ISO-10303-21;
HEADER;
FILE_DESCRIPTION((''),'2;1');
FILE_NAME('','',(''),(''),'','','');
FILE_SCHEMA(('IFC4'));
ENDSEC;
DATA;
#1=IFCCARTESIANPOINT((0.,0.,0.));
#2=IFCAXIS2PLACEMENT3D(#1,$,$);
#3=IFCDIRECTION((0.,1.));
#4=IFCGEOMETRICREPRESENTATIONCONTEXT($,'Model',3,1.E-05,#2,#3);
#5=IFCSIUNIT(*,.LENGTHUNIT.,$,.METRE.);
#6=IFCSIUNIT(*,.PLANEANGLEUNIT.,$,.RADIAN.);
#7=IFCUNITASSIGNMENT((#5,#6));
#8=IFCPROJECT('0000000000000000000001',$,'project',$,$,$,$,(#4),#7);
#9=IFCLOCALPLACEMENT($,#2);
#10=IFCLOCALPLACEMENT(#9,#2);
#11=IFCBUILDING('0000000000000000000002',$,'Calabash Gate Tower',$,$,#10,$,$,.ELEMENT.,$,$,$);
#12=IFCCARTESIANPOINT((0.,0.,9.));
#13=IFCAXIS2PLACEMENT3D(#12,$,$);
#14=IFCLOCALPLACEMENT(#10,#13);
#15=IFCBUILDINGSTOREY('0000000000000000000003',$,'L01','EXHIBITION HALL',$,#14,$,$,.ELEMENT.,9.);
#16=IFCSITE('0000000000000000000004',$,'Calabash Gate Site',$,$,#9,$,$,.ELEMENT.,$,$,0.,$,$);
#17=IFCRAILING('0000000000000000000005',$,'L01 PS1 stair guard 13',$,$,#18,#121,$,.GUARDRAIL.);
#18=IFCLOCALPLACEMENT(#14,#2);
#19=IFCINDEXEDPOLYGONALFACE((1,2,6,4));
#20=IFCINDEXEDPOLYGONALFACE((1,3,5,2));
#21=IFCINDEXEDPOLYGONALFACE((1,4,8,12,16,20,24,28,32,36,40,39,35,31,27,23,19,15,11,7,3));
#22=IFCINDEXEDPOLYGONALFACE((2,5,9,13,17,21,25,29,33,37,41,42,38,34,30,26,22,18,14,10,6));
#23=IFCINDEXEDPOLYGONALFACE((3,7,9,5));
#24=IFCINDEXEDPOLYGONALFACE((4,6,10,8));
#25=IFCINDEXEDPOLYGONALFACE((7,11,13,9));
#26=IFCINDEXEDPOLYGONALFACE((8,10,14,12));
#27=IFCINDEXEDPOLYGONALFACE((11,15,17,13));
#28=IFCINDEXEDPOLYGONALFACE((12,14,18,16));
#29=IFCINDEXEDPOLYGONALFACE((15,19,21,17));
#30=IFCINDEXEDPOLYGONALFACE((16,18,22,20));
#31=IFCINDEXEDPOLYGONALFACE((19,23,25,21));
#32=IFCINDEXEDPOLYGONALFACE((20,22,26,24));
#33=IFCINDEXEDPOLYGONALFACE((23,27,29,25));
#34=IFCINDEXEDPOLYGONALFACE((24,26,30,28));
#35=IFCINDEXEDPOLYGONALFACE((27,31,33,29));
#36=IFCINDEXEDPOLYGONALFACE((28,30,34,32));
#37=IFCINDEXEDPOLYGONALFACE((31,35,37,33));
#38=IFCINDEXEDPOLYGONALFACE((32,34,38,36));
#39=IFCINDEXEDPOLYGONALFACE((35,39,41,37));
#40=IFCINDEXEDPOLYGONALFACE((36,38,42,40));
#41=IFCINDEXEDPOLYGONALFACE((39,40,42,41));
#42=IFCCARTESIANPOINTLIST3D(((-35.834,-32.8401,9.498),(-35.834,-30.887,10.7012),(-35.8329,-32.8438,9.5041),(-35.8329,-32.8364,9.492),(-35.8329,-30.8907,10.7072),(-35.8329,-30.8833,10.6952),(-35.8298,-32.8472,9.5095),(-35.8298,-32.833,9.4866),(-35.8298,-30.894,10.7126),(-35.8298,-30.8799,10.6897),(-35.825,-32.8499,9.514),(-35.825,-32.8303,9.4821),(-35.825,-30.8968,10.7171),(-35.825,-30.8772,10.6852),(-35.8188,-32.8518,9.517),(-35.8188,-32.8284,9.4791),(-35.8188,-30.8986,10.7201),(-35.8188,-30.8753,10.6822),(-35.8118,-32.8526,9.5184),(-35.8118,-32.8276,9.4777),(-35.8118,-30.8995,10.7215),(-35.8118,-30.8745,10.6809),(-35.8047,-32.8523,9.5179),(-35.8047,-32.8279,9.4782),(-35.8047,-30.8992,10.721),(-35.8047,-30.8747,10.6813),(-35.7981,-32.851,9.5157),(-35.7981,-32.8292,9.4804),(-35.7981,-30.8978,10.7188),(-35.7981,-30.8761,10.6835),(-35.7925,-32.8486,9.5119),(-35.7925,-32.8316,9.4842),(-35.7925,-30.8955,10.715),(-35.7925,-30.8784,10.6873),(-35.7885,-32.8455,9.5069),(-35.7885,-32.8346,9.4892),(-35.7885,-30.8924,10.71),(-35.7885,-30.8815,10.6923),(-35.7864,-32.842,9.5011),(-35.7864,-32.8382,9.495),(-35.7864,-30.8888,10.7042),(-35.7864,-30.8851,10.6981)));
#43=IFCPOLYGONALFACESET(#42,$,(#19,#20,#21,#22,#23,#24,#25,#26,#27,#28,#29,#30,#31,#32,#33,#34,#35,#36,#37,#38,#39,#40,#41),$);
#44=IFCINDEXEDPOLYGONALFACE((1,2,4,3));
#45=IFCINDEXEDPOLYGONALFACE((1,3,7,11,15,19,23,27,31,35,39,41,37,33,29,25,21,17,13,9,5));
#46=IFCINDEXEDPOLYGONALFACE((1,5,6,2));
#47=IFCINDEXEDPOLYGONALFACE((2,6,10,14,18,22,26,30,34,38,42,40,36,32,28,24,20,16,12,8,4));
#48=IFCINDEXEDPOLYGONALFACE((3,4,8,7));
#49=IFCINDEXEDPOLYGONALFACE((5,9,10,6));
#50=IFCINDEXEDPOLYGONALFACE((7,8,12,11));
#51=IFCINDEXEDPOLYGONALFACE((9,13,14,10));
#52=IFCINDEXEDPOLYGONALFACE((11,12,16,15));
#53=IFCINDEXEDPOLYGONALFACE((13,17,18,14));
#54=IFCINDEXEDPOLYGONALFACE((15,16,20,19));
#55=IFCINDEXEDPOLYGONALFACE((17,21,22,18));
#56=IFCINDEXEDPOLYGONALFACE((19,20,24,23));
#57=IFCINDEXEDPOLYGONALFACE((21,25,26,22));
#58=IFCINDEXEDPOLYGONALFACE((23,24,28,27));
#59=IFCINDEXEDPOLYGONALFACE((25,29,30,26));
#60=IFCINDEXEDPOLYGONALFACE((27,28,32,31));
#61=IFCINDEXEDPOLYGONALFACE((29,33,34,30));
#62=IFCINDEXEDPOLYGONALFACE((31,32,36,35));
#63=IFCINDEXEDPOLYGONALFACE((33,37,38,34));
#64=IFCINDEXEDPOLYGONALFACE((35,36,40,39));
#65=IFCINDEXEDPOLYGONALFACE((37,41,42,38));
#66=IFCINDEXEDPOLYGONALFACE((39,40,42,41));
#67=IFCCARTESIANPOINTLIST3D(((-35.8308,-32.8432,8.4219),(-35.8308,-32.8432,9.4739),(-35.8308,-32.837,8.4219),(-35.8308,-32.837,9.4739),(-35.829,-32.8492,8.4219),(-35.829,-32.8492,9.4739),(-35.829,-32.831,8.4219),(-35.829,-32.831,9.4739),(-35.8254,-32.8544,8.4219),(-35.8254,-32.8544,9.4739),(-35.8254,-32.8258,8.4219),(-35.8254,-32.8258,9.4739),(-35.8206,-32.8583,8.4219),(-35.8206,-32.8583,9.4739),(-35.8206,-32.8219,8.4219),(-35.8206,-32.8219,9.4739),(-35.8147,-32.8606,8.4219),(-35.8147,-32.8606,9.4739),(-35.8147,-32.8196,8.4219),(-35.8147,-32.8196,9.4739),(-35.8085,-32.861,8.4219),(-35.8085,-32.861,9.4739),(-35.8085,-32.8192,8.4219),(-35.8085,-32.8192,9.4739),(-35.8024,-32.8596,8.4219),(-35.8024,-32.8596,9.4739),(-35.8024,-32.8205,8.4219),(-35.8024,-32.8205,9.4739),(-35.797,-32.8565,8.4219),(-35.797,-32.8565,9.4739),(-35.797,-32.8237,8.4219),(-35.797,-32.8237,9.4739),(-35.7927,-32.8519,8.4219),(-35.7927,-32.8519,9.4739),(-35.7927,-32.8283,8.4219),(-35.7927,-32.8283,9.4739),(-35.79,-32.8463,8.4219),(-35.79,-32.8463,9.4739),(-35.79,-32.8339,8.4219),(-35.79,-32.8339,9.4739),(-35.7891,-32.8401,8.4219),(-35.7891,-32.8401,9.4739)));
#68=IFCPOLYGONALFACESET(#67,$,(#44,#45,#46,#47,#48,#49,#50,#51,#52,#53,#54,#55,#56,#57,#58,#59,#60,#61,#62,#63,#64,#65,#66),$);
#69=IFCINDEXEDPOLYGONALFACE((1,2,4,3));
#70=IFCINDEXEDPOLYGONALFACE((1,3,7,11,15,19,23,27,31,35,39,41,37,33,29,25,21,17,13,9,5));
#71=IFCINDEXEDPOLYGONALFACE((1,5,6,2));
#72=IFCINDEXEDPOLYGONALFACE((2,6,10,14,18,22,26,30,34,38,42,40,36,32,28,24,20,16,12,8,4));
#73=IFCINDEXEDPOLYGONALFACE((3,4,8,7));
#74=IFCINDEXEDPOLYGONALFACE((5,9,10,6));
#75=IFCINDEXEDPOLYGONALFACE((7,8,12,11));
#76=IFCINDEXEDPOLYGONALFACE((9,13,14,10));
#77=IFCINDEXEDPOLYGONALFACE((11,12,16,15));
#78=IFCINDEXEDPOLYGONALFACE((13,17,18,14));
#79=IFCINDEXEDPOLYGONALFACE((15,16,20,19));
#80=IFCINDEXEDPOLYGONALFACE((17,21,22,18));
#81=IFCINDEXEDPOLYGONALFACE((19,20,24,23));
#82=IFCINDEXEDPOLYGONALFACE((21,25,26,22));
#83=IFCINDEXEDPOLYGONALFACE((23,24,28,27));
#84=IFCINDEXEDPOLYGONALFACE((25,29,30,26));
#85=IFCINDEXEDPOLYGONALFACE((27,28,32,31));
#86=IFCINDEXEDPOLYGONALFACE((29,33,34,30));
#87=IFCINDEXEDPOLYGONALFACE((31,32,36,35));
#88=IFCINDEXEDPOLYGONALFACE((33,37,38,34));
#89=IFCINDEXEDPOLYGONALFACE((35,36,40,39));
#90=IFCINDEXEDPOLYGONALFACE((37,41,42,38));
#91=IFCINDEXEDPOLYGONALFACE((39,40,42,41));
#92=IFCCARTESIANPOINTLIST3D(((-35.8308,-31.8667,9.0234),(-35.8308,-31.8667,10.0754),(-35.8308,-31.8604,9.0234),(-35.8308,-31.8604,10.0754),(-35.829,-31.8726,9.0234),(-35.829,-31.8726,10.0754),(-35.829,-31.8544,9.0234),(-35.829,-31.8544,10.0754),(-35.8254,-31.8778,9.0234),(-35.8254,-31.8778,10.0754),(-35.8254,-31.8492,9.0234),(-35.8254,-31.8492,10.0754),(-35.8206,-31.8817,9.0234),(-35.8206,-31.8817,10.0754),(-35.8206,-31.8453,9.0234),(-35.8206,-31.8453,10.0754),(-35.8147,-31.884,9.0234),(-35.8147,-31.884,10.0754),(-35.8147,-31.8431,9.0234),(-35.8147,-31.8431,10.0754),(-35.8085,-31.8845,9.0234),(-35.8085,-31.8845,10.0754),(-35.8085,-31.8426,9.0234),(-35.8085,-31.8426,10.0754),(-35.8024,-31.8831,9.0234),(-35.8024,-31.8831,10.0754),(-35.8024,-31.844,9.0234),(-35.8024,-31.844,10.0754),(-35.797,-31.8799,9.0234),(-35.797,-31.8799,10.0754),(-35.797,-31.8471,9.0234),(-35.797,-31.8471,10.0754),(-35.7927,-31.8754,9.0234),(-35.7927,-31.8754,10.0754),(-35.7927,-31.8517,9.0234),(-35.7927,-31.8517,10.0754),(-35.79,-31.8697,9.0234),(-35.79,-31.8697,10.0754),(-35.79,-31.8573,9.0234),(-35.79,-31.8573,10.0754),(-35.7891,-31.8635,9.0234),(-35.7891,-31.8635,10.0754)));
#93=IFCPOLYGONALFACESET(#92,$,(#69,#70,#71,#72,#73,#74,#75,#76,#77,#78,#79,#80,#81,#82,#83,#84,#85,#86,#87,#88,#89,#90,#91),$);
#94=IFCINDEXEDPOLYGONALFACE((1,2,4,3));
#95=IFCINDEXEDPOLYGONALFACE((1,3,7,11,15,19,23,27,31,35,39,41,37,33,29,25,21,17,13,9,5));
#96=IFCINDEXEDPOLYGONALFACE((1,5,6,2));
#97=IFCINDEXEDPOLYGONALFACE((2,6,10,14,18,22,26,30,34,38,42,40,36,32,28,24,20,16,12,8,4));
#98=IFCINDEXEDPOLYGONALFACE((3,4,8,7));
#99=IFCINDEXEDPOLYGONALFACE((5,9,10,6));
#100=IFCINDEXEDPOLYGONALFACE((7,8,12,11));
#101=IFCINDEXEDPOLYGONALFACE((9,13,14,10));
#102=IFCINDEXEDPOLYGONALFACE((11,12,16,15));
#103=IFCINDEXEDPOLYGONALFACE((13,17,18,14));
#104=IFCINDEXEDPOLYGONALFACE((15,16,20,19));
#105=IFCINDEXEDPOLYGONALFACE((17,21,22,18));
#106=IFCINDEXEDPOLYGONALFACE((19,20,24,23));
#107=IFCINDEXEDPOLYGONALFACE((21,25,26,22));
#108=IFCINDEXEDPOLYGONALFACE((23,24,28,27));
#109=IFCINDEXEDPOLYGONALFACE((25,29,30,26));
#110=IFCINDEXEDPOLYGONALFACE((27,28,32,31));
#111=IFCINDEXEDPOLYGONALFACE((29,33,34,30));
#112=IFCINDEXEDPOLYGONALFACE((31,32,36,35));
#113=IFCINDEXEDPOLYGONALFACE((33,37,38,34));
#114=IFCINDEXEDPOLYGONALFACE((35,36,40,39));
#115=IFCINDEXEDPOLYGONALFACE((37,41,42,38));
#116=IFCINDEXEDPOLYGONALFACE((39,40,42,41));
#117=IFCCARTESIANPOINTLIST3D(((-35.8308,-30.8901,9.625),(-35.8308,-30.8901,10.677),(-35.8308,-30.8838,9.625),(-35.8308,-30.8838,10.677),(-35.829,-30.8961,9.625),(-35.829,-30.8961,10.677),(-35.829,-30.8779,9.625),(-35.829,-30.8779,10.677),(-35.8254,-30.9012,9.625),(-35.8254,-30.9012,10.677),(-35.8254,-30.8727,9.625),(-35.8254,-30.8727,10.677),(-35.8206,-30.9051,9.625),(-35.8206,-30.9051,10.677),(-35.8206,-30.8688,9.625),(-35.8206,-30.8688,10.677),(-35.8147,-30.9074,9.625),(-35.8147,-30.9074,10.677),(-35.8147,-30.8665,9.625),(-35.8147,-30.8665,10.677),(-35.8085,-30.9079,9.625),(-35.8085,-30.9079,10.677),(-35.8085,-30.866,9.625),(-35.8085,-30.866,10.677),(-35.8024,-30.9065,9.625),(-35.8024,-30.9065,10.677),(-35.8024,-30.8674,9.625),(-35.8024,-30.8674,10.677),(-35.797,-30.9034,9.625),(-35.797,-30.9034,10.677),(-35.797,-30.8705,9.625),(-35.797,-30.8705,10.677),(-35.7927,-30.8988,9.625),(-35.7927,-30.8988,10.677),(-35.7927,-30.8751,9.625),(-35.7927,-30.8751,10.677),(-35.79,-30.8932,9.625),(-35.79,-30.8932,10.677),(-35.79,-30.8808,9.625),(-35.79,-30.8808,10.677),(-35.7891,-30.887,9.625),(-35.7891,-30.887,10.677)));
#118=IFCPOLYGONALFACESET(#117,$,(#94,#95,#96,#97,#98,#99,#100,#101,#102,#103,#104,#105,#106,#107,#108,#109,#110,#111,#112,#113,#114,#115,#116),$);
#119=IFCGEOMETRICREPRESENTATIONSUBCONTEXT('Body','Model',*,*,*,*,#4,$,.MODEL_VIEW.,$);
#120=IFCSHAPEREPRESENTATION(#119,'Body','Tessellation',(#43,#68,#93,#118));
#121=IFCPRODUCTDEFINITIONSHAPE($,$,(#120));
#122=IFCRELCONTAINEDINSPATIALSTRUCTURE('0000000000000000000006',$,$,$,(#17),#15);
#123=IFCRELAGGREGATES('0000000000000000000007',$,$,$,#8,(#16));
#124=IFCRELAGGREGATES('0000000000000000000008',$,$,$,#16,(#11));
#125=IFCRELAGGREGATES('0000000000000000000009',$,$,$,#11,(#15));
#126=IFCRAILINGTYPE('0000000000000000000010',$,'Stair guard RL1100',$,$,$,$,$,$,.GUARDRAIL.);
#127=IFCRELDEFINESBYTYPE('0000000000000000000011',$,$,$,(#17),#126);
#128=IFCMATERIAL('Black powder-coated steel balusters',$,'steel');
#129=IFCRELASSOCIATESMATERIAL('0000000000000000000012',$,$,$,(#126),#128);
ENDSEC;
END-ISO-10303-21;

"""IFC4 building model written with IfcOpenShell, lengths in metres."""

from ifc_helpers import new_model, si_unit, direction, frame, origin, origin_2d, place, context, subcontext, project, spatial, circle, extrude, material, type_object, element, save


model = new_model("IFC4")

# Units and contexts
model_context = context("Model", 3, precision=1e-05, world=origin(), true_north=direction((0.0, 1.0)))
body_context = subcontext(model_context, "Body", "Model", "MODEL_VIEW")
ifc_project = project(units=[si_unit("LENGTHUNIT", "METRE"), si_unit("PLANEANGLEUNIT", "RADIAN")], contexts=[model_context])

# Site, building, storey
site_placement = place(None, origin())
site = spatial("IfcSite", under=ifc_project, at=site_placement, Name="Calabash Gate Site", CompositionType="ELEMENT", RefElevation=0.0)
building_placement = place(site_placement, origin())
building = spatial("IfcBuilding", under=site, at=building_placement, Name="Calabash Gate Tower", CompositionType="ELEMENT")
storey_placement = place(building_placement, frame((0.0, 0.0, 9.0)))
storey = spatial("IfcBuildingStorey", under=building, at=storey_placement, Name="L01", Description="EXHIBITION HALL", CompositionType="ELEMENT", Elevation=9.0)

# Railing
ifc_material_1 = material(Name="Black powder-coated steel balusters", Category="steel")
railing_type_1 = type_object("IfcRailingType", Name="Stair guard RL1100", PredefinedType="GUARDRAIL", material=ifc_material_1)
for number, where, name in (
    (1, (-35.8101, -32.8401, 8.4219), "L01 PS1 stair guard 13"),
):
    element("IfcRailing", number, at=place(storey_placement, frame(where)), inside=storey, type_object=railing_type_1, Name=name, PredefinedType="GUARDRAIL", context=body_context, shape_type="SweptSolid", body=[
        extrude(circle(Radius=0.0239, at=origin_2d()), frame((0.0, 0.0, 1.0762), z_axis=(0.0, 0.851424, 0.524477), x_axis=(-1.0, 0.0, 0.0)), (0.0, 0.0, 1.0), 2.2939),
        extrude(circle(Radius=0.021, at=origin_2d()), origin(), (0.0, 0.0, 1.0), 1.052),
        extrude(circle(Radius=0.021, at=origin_2d()), frame((0.0, 0.9766, 0.6016)), (0.0, 0.0, 1.0), 1.052),
        extrude(circle(Radius=0.021, at=origin_2d()), frame((0.0, 1.9531, 1.2031)), (0.0, 0.0, 1.0), 1.052),
    ])

save(model, "model.ifc")
